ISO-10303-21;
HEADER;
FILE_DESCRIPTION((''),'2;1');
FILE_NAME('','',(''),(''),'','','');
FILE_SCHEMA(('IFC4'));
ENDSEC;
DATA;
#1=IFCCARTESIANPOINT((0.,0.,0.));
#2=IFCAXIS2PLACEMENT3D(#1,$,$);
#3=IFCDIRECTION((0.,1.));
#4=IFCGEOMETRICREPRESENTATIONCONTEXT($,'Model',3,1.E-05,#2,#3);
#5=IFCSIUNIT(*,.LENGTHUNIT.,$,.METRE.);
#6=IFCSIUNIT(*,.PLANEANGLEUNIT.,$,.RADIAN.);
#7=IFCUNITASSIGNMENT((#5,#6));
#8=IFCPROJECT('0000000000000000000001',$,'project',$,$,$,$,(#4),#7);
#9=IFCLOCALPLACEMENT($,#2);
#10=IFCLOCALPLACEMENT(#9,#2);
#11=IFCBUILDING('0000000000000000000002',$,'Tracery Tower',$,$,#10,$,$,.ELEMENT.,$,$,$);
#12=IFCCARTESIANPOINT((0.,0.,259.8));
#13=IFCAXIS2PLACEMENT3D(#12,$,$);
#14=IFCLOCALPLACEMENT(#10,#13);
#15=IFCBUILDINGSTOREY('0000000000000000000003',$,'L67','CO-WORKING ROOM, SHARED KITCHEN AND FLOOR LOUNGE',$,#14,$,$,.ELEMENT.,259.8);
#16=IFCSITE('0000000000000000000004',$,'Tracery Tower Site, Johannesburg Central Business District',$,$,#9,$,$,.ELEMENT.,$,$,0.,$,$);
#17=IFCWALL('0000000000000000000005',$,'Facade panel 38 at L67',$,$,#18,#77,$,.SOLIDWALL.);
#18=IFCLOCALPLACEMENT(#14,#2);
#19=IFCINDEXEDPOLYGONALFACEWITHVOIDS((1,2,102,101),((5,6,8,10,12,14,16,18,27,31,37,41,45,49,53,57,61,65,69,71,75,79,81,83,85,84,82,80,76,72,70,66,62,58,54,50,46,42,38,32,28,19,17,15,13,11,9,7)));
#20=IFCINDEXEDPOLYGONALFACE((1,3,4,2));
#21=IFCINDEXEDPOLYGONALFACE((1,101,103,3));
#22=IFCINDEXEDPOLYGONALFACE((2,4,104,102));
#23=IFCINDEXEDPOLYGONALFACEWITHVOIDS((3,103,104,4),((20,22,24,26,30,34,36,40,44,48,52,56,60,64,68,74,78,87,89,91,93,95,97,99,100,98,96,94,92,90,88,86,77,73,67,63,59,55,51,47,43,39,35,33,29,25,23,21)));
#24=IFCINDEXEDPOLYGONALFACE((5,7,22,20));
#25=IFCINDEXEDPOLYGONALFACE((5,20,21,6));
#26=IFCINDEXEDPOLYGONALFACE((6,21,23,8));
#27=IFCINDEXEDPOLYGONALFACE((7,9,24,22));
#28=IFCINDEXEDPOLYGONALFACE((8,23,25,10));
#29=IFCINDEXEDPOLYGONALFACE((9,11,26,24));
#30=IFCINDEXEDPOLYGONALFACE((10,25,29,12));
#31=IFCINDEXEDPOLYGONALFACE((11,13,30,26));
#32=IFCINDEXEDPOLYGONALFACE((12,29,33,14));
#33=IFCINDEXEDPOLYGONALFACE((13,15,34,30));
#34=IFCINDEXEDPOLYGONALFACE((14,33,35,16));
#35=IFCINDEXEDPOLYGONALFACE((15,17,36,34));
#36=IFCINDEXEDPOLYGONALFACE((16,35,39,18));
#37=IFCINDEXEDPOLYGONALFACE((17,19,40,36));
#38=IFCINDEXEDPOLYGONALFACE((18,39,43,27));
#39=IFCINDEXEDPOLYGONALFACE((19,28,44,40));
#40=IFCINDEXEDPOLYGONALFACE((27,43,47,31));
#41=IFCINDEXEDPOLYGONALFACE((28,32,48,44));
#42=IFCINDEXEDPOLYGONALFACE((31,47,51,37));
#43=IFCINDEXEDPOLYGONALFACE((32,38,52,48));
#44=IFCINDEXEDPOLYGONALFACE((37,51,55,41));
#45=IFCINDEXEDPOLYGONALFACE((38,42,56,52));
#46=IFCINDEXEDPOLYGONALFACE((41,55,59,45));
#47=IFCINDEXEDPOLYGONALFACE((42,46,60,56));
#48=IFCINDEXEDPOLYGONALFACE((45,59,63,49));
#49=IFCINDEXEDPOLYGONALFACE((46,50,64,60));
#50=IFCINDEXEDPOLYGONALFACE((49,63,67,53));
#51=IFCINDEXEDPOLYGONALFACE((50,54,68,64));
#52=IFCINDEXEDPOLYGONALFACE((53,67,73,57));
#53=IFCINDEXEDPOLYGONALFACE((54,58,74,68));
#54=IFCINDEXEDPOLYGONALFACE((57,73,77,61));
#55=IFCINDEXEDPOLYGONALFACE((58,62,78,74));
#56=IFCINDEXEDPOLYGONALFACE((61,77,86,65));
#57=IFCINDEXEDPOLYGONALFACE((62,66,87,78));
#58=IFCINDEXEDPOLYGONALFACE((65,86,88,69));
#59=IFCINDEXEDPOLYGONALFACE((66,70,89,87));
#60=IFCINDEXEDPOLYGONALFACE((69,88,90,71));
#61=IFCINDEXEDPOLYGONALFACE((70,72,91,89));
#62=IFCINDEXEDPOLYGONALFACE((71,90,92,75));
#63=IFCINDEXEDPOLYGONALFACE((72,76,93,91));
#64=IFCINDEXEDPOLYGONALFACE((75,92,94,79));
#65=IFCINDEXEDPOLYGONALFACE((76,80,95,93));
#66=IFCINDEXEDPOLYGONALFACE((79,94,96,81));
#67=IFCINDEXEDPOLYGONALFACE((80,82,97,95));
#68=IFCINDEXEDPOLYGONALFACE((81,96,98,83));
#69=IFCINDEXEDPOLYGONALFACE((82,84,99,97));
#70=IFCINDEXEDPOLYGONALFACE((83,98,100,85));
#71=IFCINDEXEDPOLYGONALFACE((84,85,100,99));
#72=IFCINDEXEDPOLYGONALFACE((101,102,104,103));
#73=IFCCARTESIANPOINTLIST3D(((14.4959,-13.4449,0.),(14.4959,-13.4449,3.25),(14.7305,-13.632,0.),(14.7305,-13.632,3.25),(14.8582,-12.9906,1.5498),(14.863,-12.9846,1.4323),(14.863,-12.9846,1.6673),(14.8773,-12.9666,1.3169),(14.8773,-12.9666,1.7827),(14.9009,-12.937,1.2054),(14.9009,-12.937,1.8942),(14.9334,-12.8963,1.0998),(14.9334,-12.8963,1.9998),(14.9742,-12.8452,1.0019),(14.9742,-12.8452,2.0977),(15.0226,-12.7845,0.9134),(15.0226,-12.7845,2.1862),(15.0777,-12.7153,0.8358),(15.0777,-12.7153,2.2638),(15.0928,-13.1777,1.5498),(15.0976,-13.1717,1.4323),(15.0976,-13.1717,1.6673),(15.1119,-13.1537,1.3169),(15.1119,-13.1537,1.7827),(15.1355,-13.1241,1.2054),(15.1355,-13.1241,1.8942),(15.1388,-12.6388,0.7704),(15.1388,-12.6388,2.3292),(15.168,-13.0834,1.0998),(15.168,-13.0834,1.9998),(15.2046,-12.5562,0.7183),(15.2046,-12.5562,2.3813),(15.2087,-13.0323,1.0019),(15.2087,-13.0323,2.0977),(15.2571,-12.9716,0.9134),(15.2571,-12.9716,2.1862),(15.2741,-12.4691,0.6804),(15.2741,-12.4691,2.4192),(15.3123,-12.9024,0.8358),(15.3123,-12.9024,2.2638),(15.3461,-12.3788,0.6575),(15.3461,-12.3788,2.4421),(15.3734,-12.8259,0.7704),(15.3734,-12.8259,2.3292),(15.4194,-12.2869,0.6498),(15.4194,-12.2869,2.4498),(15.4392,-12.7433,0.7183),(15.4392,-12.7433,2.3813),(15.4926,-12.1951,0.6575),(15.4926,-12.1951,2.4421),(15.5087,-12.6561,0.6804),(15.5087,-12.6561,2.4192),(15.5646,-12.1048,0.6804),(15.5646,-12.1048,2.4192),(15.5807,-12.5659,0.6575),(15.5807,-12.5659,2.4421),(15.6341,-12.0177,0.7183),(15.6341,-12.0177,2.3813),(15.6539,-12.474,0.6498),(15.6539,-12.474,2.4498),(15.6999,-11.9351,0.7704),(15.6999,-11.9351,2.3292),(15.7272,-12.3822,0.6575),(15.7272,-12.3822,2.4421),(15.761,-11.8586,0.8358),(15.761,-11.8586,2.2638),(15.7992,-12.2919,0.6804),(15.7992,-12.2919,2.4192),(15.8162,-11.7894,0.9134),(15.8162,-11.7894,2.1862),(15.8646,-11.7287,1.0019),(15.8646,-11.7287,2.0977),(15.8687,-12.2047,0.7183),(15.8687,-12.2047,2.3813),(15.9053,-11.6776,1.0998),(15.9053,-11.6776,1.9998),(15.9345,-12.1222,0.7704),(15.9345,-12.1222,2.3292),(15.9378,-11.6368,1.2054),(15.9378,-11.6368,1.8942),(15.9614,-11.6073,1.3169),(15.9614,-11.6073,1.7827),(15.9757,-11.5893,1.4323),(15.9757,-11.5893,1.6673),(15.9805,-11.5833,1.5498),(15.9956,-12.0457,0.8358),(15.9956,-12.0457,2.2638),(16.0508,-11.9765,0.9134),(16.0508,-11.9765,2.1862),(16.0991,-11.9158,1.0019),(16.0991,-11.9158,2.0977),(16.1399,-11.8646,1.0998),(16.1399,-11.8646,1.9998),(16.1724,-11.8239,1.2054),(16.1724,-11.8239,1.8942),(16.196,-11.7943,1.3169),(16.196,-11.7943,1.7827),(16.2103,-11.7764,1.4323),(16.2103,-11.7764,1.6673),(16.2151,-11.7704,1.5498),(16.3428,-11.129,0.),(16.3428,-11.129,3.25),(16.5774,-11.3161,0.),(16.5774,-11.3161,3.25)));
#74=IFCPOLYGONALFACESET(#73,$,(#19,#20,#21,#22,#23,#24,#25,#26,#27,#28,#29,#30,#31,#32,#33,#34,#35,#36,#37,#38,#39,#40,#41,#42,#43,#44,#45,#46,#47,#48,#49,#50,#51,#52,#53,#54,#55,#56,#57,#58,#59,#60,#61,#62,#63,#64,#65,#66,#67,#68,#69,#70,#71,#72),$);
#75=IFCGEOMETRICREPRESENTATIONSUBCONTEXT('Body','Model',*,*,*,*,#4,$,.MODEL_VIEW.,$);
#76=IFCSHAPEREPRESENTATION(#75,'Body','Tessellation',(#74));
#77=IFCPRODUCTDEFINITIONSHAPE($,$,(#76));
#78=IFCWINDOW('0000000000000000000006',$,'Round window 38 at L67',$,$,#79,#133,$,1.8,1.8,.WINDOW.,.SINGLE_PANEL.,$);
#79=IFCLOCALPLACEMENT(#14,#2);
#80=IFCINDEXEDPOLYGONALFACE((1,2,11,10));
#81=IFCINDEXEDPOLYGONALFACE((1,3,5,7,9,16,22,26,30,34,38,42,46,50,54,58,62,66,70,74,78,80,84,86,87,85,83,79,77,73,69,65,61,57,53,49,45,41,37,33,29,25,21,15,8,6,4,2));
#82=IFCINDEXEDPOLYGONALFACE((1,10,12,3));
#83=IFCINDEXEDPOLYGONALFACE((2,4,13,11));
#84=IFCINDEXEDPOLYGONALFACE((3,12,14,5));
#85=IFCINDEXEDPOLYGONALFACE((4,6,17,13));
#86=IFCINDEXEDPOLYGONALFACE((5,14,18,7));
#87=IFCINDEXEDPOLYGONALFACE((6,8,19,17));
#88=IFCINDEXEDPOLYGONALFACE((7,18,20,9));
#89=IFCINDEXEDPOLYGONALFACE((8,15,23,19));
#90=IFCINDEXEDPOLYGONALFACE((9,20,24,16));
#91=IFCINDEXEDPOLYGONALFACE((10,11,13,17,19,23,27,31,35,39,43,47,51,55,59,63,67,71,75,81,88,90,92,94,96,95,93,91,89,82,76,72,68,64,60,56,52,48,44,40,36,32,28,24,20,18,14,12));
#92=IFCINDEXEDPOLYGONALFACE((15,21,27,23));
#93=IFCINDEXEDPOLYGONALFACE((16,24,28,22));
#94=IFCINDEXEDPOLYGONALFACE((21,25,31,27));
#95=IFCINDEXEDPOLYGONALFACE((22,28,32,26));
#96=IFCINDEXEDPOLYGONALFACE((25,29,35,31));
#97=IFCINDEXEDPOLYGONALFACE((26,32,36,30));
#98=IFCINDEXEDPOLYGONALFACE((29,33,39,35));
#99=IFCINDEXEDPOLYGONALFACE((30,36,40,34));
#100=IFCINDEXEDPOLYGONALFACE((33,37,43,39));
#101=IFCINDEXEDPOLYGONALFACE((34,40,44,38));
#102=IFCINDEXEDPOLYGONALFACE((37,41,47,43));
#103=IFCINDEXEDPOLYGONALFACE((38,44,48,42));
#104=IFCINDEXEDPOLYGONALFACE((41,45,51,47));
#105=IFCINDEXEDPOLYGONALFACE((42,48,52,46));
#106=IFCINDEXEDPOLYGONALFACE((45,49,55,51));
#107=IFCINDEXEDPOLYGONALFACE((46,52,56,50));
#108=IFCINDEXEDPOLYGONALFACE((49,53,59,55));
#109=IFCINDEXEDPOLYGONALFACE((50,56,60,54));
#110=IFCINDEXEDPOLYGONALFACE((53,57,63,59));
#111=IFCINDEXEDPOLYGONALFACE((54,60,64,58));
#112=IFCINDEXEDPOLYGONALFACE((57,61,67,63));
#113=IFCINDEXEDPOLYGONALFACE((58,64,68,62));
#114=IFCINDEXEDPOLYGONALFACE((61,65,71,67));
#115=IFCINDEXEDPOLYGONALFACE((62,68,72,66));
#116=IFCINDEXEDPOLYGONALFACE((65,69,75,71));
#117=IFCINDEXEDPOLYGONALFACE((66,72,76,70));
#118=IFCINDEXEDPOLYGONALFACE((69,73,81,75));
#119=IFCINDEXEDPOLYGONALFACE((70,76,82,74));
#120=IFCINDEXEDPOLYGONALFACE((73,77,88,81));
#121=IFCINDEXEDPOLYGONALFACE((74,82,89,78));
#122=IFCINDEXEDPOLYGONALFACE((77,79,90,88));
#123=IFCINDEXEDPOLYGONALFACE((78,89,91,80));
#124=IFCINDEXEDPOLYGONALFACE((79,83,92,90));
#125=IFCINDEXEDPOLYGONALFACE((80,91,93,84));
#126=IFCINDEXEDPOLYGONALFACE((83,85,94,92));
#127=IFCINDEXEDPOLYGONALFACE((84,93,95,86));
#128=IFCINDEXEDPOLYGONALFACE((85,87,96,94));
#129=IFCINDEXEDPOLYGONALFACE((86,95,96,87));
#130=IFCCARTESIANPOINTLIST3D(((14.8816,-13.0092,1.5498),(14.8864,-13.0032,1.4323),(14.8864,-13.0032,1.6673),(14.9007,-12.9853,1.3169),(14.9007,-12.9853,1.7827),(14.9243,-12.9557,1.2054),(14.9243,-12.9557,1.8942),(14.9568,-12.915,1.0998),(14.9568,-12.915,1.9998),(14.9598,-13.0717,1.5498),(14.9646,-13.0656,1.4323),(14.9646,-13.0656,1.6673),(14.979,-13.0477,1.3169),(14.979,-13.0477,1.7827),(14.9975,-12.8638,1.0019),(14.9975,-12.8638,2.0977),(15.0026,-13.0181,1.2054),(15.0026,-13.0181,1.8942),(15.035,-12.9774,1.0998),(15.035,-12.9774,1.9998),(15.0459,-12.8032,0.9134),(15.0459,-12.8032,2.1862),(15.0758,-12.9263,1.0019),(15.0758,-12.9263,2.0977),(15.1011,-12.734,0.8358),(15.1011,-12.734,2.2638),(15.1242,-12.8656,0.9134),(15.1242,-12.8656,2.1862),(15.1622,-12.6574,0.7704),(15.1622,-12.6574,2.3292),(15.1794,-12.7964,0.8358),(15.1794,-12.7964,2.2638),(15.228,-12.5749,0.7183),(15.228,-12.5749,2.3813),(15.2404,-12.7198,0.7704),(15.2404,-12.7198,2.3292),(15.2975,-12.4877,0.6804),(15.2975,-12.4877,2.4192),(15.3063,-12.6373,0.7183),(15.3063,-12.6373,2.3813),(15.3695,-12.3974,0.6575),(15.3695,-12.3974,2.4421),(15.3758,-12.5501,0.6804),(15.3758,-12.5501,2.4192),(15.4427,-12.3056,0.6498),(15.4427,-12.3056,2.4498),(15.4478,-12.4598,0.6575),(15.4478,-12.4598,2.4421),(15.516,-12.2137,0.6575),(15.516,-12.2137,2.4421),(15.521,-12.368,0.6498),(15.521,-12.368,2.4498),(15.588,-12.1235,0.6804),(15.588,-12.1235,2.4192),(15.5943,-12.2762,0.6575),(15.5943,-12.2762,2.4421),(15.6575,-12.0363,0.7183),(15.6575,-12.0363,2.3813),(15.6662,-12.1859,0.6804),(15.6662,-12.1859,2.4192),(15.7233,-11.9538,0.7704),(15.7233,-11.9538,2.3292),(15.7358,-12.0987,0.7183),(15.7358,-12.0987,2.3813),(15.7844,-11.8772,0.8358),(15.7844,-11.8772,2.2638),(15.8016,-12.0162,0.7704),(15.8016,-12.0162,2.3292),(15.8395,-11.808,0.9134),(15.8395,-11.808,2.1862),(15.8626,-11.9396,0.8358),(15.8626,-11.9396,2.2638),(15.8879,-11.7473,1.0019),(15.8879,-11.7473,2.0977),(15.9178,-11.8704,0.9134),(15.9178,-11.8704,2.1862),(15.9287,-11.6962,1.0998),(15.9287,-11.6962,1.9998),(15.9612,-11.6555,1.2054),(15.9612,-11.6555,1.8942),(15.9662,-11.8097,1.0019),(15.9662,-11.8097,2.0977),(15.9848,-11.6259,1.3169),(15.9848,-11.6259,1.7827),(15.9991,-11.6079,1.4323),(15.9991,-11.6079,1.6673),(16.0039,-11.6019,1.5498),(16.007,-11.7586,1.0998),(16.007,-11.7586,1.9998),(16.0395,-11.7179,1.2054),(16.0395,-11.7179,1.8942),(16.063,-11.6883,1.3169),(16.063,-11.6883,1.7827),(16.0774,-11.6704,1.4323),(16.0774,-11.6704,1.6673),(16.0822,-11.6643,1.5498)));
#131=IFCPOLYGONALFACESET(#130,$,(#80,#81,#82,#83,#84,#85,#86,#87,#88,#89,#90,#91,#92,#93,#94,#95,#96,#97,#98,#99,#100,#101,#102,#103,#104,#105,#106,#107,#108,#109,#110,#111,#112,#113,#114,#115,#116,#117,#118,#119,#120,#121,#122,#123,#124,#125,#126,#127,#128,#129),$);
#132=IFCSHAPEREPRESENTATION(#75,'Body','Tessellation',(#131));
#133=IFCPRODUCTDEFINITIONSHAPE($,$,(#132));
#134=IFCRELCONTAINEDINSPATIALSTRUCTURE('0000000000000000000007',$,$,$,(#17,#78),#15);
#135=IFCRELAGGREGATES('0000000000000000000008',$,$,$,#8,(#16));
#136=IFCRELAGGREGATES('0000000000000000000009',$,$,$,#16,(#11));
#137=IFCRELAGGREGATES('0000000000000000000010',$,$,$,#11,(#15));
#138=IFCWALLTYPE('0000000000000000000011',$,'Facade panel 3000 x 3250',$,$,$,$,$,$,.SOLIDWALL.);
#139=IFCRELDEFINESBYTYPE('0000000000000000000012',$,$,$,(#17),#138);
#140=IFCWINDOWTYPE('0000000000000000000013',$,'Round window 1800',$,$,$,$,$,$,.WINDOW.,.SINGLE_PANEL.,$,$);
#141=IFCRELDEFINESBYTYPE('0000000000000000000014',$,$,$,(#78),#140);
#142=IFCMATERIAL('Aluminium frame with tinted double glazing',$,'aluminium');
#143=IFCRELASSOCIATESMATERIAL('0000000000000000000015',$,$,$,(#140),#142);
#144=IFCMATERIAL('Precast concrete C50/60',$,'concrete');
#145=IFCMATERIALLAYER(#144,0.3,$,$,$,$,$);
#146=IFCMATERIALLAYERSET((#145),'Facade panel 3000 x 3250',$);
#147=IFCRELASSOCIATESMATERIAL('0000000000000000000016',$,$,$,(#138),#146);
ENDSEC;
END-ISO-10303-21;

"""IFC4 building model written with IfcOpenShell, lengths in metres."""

from ifc_helpers import new_model, si_unit, direction, frame, frame_2d, origin, origin_2d, place, context, subcontext, project, spatial, rectangle, circle, extrude, material, layer, layer_set, type_object, element, fill, save


model = new_model("IFC4")

# Units and contexts
model_context = context("Model", 3, precision=1e-05, world=origin(), true_north=direction((0.0, 1.0)))
body_context = subcontext(model_context, "Body", "Model", "MODEL_VIEW")
ifc_project = project(units=[si_unit("LENGTHUNIT", "METRE"), si_unit("PLANEANGLEUNIT", "RADIAN")], contexts=[model_context])

# Site, building, storey
site_placement = place(None, origin())
site = spatial("IfcSite", under=ifc_project, at=site_placement, Name="Tracery Tower Site, Johannesburg Central Business District", CompositionType="ELEMENT", RefElevation=0.0)
building_placement = place(site_placement, origin())
building = spatial("IfcBuilding", under=site, at=building_placement, Name="Tracery Tower", CompositionType="ELEMENT")
storey_placement = place(building_placement, frame((0.0, 0.0, 259.8)))
storey = spatial("IfcBuildingStorey", under=building, at=storey_placement, Name="L67", Description="CO-WORKING ROOM, SHARED KITCHEN AND FLOOR LOUNGE", CompositionType="ELEMENT", Elevation=259.8)

# Wall, opening, window
ifc_material_1 = material(Name="Aluminium frame with tinted double glazing", Category="aluminium")
window_type = type_object("IfcWindowType", Name="Round window 1800", PartitioningType="SINGLE_PANEL", PredefinedType="WINDOW", material=ifc_material_1)
ifc_material_2 = material(Name="Precast concrete C50/60", Category="concrete")
ifc_layer_1 = layer(ifc_material_2, 0.3)
ifc_layer_set_1 = layer_set([ifc_layer_1], Name="Facade panel 3000 x 3250")
wall_type_1 = type_object("IfcWallType", Name="Facade panel 3000 x 3250", PredefinedType="SOLIDWALL", material=ifc_layer_set_1)
wall_1_placement = place(storey_placement, frame((14.6133, -13.5383, 0.0), z_axis=(0.0, 0.0, 1.0), x_axis=(0.623498, 0.781825, 0.0)))
wall_1 = element("IfcWall", 1, at=wall_1_placement, inside=storey, type_object=wall_type_1, Name="Facade panel 38 at L67", PredefinedType="SOLIDWALL", context=body_context, shape_type="SweptSolid", body=[
    extrude(rectangle(XDim=2.9622, YDim=0.3, at=frame_2d((1.481, 0.0))), origin(), (0.0, 0.0, 1.0), 3.25),
])
opening_1_placement = place(wall_1_placement, frame((1.481, 0.0, 1.5498)))
opening_1 = element("IfcOpeningElement", 2, at=opening_1_placement, cuts=wall_1, PredefinedType="OPENING", context=body_context, shape_type="SweptSolid", body=[
    extrude(circle(Radius=0.9, at=origin_2d()), frame((0.0, 0.1599, 0.0), z_axis=(0.0, -1.0, 0.0), x_axis=(1.0, 0.0, 0.0)), (0.0, 0.0, 1.0), 0.3201),
])
window_1_placement = place(opening_1_placement, origin())
window_1 = element("IfcWindow", 3, at=window_1_placement, inside=storey, type_object=window_type, Name="Round window 38 at L67", OverallHeight=1.8, OverallWidth=1.8, PartitioningType="SINGLE_PANEL", PredefinedType="WINDOW", context=body_context, shape_type="SweptSolid", body=[
    extrude(circle(Radius=0.9, at=origin_2d()), frame((0.0, 0.1201, 0.0), z_axis=(0.0, -1.0, 0.0), x_axis=(1.0, 0.0, 0.0)), (0.0, 0.0, 1.0), 0.1001),
])
fill(opening_1, window_1)

save(model, "model.ifc")
